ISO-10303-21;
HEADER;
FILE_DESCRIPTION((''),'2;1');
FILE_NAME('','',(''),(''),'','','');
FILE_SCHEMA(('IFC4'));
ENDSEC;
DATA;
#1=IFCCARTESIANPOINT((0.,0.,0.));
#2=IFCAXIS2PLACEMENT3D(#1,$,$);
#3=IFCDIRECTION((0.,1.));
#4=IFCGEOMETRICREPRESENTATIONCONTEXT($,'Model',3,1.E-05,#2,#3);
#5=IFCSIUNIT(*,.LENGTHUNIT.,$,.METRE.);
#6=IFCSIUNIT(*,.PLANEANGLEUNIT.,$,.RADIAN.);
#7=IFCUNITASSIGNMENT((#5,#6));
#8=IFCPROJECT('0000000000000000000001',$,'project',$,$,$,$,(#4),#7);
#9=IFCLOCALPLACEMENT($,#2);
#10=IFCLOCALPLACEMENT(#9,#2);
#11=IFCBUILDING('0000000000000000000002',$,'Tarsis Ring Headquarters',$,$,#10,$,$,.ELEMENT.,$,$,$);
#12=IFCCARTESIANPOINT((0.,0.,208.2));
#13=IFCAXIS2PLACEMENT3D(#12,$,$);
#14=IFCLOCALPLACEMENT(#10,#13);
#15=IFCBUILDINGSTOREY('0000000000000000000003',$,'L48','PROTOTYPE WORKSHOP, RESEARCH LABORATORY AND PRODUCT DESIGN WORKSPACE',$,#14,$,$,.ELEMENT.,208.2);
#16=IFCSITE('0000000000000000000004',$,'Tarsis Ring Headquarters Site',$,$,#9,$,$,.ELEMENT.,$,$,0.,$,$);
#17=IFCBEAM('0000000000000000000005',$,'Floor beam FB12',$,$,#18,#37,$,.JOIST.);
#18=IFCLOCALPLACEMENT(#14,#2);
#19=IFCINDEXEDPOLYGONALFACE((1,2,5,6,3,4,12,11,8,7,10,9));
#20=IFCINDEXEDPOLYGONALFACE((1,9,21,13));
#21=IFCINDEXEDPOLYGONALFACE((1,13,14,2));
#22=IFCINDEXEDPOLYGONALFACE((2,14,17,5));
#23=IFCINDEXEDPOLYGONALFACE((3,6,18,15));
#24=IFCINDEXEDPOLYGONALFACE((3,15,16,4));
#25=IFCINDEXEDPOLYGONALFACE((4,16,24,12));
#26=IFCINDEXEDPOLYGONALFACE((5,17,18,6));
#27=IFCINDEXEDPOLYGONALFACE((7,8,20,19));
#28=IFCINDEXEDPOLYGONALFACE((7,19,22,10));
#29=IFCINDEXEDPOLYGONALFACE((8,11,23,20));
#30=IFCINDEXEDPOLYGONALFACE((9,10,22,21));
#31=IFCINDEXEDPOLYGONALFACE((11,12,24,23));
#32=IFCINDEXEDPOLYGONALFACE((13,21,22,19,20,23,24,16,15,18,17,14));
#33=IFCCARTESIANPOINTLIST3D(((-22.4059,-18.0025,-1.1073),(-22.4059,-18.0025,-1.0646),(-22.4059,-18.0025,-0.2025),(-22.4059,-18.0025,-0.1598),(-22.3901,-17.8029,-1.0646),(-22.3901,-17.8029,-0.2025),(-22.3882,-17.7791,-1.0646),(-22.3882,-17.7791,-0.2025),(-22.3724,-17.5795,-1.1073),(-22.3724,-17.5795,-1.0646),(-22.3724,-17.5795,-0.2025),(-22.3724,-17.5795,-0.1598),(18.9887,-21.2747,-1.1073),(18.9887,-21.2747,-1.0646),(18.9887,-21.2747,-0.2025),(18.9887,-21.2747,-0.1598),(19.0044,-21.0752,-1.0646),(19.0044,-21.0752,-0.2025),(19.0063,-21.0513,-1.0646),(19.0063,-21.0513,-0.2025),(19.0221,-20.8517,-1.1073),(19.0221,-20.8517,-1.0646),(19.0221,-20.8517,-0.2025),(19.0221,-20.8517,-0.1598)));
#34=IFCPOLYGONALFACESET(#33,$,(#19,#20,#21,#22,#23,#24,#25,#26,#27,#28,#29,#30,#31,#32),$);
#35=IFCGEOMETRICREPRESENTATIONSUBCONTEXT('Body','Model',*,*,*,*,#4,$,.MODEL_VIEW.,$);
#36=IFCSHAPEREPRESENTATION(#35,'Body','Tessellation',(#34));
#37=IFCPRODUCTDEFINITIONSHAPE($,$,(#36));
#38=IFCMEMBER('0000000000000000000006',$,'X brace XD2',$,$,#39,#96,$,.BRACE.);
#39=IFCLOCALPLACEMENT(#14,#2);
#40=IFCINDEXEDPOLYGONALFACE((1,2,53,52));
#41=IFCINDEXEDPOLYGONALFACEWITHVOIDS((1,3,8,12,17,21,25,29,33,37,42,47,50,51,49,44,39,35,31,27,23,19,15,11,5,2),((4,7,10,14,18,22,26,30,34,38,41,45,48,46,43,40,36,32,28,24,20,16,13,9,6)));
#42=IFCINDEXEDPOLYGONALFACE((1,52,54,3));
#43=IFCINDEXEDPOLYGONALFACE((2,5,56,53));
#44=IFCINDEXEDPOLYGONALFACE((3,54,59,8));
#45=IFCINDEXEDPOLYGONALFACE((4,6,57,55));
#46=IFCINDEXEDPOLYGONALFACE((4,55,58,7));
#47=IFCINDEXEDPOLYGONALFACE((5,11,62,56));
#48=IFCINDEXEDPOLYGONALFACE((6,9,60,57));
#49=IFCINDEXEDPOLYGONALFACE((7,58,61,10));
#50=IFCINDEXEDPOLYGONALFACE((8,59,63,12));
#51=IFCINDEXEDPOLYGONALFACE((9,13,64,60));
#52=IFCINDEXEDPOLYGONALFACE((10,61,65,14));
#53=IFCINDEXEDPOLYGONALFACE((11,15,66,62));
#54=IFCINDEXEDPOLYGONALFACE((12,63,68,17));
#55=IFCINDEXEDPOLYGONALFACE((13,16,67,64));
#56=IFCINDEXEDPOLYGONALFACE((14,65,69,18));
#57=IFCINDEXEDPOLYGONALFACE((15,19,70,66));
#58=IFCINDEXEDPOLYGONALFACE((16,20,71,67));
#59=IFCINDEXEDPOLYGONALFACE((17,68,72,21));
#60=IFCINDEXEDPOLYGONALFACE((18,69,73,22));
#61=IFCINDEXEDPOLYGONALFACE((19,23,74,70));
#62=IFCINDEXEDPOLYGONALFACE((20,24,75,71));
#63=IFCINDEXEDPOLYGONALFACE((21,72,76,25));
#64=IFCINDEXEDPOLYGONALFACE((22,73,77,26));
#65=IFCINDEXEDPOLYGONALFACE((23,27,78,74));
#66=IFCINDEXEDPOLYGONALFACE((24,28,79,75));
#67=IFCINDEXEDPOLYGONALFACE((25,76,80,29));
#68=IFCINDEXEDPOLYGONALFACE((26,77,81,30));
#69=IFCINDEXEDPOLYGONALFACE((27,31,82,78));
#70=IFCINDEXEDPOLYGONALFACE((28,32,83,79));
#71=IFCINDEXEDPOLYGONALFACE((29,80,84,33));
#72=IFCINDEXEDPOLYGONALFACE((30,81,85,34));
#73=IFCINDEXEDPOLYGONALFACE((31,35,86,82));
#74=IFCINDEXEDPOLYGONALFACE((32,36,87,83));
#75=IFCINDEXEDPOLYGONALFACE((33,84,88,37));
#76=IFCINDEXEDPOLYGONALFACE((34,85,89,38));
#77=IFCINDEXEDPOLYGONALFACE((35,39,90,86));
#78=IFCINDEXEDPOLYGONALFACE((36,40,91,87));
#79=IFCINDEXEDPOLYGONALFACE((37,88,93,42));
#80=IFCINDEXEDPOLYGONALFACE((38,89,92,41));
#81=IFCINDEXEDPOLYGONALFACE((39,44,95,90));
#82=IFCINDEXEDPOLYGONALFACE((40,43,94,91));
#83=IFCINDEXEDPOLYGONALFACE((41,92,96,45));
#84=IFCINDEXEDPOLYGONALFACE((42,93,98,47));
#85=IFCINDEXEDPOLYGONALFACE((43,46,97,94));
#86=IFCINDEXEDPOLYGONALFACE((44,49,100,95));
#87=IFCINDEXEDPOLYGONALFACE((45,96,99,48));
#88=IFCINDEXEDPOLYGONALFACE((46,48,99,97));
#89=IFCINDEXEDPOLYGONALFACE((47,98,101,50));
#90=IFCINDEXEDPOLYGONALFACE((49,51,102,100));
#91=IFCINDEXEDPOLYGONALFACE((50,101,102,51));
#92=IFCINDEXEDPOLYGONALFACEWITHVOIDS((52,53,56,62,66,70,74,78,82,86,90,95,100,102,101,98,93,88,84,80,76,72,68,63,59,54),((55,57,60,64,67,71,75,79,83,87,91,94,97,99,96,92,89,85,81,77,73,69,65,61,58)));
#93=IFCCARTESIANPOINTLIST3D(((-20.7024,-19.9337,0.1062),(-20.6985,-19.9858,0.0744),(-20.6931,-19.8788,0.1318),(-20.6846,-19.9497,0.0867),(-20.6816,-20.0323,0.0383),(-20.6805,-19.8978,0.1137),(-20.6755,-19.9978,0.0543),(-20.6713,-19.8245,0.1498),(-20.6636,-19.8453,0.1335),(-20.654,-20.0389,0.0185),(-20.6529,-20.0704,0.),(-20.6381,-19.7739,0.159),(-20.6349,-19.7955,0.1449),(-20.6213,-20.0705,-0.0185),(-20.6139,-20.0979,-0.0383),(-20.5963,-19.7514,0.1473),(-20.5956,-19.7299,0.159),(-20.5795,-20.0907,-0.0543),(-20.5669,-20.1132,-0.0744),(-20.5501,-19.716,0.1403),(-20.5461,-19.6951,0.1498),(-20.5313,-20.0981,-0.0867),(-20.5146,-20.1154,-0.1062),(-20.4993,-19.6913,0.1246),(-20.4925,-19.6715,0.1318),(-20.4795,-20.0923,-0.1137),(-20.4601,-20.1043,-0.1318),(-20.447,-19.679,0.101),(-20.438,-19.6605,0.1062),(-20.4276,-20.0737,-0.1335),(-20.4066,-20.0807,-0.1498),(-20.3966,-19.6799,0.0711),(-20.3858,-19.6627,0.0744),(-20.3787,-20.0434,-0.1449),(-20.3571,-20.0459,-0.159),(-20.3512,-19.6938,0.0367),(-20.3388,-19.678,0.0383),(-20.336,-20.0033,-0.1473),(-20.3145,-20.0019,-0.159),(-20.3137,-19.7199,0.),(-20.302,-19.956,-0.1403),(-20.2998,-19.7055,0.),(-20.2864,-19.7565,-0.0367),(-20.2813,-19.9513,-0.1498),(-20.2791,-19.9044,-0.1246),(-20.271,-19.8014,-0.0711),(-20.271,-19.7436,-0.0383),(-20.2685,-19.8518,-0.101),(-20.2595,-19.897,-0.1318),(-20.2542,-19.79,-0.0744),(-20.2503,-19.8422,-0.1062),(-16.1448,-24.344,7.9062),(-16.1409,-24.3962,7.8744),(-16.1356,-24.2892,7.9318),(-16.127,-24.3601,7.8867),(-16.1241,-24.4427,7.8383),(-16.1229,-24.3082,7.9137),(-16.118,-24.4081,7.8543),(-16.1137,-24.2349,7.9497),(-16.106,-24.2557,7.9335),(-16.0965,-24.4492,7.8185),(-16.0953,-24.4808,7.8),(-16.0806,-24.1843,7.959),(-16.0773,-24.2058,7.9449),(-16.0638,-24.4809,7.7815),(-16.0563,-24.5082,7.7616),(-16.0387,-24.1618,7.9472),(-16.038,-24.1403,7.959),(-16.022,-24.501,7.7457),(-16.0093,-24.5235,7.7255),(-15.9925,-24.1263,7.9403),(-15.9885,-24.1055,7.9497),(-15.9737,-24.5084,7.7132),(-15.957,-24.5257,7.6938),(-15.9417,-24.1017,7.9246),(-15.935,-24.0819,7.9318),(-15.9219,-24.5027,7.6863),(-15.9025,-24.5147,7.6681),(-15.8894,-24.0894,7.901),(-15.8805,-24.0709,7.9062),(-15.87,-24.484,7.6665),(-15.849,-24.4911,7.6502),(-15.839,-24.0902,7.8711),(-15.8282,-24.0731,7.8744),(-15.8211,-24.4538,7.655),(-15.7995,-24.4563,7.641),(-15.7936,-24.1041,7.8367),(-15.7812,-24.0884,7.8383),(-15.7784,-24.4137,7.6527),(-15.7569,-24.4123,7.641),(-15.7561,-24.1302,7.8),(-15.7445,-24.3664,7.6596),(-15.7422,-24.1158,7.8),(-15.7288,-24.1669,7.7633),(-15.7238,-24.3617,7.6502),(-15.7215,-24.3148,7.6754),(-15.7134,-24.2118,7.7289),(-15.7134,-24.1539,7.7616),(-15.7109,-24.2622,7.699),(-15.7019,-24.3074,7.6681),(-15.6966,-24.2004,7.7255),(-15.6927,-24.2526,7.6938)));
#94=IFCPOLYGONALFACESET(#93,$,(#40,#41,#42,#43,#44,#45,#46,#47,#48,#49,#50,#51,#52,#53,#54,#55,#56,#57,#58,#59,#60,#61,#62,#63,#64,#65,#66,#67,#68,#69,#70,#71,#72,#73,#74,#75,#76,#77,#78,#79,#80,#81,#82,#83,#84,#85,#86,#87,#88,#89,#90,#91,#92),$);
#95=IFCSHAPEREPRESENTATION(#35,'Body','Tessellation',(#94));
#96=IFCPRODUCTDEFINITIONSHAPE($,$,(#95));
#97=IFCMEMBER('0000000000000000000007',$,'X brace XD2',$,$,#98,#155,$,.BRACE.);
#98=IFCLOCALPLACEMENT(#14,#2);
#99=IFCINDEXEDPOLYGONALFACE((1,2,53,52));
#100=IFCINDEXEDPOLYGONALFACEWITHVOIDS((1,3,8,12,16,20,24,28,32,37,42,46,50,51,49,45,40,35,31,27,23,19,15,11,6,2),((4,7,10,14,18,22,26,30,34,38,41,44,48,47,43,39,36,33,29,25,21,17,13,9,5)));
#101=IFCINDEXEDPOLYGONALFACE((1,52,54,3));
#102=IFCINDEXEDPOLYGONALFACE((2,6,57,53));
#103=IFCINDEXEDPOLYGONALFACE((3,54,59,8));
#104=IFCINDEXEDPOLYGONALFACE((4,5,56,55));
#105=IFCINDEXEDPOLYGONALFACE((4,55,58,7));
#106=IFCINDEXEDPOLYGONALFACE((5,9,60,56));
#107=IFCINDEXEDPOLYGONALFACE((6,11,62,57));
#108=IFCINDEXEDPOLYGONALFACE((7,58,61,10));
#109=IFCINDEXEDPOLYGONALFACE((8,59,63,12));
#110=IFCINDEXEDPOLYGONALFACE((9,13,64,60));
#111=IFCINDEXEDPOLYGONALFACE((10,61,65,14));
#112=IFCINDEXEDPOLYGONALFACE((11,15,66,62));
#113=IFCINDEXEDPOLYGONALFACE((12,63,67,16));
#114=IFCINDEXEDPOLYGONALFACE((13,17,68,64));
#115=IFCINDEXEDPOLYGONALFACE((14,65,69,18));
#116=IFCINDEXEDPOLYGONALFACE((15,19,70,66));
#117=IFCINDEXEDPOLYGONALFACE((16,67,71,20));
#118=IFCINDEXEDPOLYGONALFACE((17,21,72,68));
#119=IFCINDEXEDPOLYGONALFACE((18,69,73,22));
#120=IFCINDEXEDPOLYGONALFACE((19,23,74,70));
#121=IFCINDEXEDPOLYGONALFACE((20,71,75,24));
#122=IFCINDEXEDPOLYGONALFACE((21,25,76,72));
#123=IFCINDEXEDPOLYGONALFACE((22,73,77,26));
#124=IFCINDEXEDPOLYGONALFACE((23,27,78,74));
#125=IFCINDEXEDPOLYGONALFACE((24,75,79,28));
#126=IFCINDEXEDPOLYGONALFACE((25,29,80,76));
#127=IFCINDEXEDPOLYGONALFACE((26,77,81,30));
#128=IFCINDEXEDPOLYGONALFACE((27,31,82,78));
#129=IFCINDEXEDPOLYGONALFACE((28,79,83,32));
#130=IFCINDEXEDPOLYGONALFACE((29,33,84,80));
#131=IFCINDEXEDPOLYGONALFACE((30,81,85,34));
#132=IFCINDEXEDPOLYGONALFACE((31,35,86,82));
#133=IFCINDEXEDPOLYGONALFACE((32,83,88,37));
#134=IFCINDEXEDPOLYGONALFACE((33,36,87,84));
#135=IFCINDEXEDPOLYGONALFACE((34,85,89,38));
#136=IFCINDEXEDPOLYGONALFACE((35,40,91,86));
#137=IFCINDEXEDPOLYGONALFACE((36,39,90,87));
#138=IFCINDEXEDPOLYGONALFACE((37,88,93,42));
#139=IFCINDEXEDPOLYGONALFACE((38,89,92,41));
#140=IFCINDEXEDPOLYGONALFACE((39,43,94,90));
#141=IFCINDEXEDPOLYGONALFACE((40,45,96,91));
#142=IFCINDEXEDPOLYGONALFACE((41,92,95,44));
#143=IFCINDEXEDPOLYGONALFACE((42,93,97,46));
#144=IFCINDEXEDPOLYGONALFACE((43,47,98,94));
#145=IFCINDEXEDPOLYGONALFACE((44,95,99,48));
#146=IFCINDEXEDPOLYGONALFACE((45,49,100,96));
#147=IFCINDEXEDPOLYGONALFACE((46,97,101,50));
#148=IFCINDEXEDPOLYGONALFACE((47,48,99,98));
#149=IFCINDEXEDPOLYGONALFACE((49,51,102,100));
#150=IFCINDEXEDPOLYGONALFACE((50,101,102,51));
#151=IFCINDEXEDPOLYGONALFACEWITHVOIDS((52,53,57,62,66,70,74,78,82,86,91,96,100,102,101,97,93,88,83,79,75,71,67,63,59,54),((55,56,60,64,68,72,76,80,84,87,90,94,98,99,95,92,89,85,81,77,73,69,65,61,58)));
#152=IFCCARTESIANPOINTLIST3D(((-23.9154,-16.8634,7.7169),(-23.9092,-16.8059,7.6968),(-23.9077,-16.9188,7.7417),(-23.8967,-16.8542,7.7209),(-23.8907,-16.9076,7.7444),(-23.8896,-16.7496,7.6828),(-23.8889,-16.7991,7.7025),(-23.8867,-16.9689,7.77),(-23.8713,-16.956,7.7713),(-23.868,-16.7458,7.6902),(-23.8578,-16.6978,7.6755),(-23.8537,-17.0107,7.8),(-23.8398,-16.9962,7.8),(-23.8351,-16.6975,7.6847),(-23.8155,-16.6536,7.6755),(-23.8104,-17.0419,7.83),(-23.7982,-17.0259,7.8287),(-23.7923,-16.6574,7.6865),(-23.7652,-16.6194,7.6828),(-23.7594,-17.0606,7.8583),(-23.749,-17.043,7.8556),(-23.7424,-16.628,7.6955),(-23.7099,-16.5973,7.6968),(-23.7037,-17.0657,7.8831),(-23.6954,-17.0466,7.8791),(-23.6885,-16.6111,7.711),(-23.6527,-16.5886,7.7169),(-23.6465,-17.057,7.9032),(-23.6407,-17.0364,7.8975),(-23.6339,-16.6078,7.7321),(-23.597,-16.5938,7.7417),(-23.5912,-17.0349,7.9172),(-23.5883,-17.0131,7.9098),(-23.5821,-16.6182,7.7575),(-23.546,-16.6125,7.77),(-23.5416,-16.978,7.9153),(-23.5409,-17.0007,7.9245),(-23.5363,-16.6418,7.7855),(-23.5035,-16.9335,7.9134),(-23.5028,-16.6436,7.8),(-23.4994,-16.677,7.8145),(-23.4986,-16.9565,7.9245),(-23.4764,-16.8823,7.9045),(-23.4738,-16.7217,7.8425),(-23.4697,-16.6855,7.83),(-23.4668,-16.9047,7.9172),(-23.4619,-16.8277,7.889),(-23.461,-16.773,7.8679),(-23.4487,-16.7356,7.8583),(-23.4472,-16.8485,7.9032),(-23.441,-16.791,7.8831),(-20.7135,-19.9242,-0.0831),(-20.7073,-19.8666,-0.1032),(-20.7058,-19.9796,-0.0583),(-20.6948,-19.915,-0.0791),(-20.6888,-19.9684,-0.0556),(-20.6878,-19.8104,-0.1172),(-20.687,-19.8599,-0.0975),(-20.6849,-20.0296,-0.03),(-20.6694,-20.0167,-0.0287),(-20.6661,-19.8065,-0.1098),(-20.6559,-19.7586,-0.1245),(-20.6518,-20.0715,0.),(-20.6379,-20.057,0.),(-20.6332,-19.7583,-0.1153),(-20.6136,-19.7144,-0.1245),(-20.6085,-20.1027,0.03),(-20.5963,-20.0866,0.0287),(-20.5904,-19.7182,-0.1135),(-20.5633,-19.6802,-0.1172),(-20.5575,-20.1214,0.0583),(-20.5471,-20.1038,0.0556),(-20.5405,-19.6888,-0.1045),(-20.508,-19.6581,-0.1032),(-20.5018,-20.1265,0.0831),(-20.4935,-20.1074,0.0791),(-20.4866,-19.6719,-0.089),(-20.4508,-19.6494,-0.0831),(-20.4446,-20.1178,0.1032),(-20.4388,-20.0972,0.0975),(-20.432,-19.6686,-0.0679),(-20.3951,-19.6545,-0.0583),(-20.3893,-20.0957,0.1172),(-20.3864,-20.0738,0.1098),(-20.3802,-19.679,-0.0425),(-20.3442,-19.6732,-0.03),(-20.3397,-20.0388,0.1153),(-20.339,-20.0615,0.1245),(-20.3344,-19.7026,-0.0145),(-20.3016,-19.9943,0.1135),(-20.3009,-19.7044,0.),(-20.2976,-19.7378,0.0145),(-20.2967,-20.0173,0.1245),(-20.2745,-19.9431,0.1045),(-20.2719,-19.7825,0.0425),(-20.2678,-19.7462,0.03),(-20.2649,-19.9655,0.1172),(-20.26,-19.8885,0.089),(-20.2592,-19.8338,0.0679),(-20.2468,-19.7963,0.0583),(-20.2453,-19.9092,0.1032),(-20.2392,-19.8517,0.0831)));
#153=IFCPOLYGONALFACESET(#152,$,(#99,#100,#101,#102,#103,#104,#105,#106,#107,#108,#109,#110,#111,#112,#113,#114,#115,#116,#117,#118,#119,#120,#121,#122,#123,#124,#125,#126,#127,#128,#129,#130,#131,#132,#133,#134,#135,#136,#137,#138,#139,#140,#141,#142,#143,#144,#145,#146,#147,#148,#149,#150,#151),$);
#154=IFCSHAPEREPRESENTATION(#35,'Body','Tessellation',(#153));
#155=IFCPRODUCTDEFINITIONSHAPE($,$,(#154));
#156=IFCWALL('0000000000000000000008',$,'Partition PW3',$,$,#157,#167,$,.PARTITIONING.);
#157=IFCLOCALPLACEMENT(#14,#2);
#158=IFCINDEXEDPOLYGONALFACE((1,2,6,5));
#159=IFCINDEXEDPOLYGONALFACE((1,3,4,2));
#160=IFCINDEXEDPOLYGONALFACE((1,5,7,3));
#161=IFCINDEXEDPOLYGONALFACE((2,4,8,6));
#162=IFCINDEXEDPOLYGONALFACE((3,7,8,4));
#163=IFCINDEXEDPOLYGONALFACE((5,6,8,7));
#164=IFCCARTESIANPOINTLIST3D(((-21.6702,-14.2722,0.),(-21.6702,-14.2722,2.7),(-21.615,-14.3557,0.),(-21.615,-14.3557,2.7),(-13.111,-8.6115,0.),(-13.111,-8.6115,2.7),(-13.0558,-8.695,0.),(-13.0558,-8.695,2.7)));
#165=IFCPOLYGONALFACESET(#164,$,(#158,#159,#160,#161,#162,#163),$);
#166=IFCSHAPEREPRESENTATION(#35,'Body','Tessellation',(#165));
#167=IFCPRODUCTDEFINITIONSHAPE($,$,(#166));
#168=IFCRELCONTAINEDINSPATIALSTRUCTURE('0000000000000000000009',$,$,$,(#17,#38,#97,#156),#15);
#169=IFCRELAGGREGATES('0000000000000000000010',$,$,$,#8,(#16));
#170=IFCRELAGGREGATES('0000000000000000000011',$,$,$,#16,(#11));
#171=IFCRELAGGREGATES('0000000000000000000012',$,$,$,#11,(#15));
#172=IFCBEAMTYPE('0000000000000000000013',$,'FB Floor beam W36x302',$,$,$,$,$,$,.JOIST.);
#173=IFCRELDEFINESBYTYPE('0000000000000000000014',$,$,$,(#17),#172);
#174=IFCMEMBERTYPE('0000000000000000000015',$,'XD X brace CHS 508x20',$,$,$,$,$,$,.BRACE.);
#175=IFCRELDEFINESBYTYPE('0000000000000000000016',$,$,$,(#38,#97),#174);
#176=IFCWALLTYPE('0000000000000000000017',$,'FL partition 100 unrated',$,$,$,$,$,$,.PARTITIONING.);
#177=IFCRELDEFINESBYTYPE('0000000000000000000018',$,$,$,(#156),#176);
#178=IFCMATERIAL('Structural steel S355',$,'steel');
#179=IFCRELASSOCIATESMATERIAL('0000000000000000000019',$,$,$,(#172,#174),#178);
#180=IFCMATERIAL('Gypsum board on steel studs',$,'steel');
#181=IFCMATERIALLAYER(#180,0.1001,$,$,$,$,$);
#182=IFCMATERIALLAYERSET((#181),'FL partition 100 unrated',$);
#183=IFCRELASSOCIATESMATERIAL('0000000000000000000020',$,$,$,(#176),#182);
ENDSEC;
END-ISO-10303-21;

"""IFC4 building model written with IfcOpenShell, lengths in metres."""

from ifc_helpers import new_model, si_unit, direction, frame, frame_2d, origin, origin_2d, place, context, subcontext, project, spatial, rectangle, hollow_circle, i_section, extrude, material, layer, layer_set, material_profile, profile_set, type_object, element, save


model = new_model("IFC4")

# Units and contexts
model_context = context("Model", 3, precision=1e-05, world=origin(), true_north=direction((0.0, 1.0)))
body_context = subcontext(model_context, "Body", "Model", "MODEL_VIEW")
ifc_project = project(units=[si_unit("LENGTHUNIT", "METRE"), si_unit("PLANEANGLEUNIT", "RADIAN")], contexts=[model_context])

# Site, building, storey
site_placement = place(None, origin())
site = spatial("IfcSite", under=ifc_project, at=site_placement, Name="Tarsis Ring Headquarters Site", CompositionType="ELEMENT", RefElevation=0.0)
building_placement = place(site_placement, origin())
building = spatial("IfcBuilding", under=site, at=building_placement, Name="Tarsis Ring Headquarters", CompositionType="ELEMENT")
storey_placement = place(building_placement, frame((0.0, 0.0, 208.2)))
storey = spatial("IfcBuildingStorey", under=building, at=storey_placement, Name="L48", Description="PROTOTYPE WORKSHOP, RESEARCH LABORATORY AND PRODUCT DESIGN WORKSPACE", CompositionType="ELEMENT", Elevation=208.2)

# Beam
ifc_material_1 = material(Name="Structural steel S355", Category="steel")
ifc_material_profile_1 = material_profile(ifc_material_1, i_section(OverallWidth=0.4243, OverallDepth=0.9475, WebThickness=0.0239, FlangeThickness=0.0427, at=origin_2d()), Name="W36x302")
ifc_profile_set_1 = profile_set([ifc_material_profile_1], Name="Structural steel S355")
beam_type = type_object("IfcBeamType", Name="FB Floor beam W36x302", PredefinedType="JOIST", material=ifc_profile_set_1)
beam_placement = place(storey_placement, frame((-22.3892, -17.791, -0.6335), z_axis=(0.99689, -0.078804, 0.0), x_axis=(0.078804, 0.99689, 0.0)))
element("IfcBeam", 1, at=beam_placement, inside=storey, type_object=beam_type, Name="Floor beam FB12", PredefinedType="JOIST", context=body_context, shape_type="SweptSolid", body=[
    extrude(i_section(OverallWidth=0.4243, OverallDepth=0.9475, WebThickness=0.0239, FlangeThickness=0.0427, at=origin_2d()), origin(), (0.0, 0.0, 1.0), 41.5237),
])

# Members
ifc_material_profile_2 = material_profile(ifc_material_1, hollow_circle(Radius=0.2539, WallThickness=0.02, at=origin_2d()), Name="CHS 508x20")
ifc_profile_set_2 = profile_set([ifc_material_profile_2], Name="Structural steel S355")
member_type = type_object("IfcMemberType", Name="XD X brace CHS 508x20", PredefinedType="BRACE", material=ifc_profile_set_2)
member_1_placement = place(storey_placement, frame((-20.4763, -19.8879, 0.0), z_axis=(0.453356, -0.438712, 0.775887), x_axis=(0.695405, 0.718618, 0.0)))
element("IfcMember", 2, at=member_1_placement, inside=storey, type_object=member_type, Name="X brace XD2", PredefinedType="BRACE", context=body_context, shape_type="SweptSolid", body=[
    extrude(hollow_circle(Radius=0.2539, WallThickness=0.02, at=origin_2d()), origin(), (0.0, 0.0, 1.0), 10.053),
])
member_2_placement = place(storey_placement, frame((-20.4763, -19.8879, 0.0), z_axis=(-0.356956, 0.341224, 0.869568), x_axis=(-0.690999, -0.722856, 0.0)))
element("IfcMember", 3, at=member_2_placement, inside=storey, type_object=member_type, Name="X brace XD2", PredefinedType="BRACE", context=body_context, shape_type="SweptSolid", body=[
    extrude(hollow_circle(Radius=0.2539, WallThickness=0.02, at=origin_2d()), origin(), (0.0, 0.0, 1.0), 8.97),
])

# Wall
ifc_material_2 = material(Name="Gypsum board on steel studs", Category="steel")
ifc_layer_1 = layer(ifc_material_2, 0.1001)
ifc_layer_set_1 = layer_set([ifc_layer_1], Name="FL partition 100 unrated")
wall_type_1 = type_object("IfcWallType", Name="FL partition 100 unrated", PredefinedType="PARTITIONING", material=ifc_layer_set_1)
wall_1_placement = place(storey_placement, frame((-21.6426, -14.314, 0.0), z_axis=(0.0, 0.0, 1.0), x_axis=(0.834087, 0.551633, 0.0)))
element("IfcWall", 4, at=wall_1_placement, inside=storey, type_object=wall_type_1, Name="Partition PW3", PredefinedType="PARTITIONING", context=body_context, shape_type="SweptSolid", body=[
    extrude(rectangle(XDim=10.2617, YDim=0.1001, at=frame_2d((5.1309, 0.0))), origin(), (0.0, 0.0, 1.0), 2.7),
])

save(model, "model.ifc")
